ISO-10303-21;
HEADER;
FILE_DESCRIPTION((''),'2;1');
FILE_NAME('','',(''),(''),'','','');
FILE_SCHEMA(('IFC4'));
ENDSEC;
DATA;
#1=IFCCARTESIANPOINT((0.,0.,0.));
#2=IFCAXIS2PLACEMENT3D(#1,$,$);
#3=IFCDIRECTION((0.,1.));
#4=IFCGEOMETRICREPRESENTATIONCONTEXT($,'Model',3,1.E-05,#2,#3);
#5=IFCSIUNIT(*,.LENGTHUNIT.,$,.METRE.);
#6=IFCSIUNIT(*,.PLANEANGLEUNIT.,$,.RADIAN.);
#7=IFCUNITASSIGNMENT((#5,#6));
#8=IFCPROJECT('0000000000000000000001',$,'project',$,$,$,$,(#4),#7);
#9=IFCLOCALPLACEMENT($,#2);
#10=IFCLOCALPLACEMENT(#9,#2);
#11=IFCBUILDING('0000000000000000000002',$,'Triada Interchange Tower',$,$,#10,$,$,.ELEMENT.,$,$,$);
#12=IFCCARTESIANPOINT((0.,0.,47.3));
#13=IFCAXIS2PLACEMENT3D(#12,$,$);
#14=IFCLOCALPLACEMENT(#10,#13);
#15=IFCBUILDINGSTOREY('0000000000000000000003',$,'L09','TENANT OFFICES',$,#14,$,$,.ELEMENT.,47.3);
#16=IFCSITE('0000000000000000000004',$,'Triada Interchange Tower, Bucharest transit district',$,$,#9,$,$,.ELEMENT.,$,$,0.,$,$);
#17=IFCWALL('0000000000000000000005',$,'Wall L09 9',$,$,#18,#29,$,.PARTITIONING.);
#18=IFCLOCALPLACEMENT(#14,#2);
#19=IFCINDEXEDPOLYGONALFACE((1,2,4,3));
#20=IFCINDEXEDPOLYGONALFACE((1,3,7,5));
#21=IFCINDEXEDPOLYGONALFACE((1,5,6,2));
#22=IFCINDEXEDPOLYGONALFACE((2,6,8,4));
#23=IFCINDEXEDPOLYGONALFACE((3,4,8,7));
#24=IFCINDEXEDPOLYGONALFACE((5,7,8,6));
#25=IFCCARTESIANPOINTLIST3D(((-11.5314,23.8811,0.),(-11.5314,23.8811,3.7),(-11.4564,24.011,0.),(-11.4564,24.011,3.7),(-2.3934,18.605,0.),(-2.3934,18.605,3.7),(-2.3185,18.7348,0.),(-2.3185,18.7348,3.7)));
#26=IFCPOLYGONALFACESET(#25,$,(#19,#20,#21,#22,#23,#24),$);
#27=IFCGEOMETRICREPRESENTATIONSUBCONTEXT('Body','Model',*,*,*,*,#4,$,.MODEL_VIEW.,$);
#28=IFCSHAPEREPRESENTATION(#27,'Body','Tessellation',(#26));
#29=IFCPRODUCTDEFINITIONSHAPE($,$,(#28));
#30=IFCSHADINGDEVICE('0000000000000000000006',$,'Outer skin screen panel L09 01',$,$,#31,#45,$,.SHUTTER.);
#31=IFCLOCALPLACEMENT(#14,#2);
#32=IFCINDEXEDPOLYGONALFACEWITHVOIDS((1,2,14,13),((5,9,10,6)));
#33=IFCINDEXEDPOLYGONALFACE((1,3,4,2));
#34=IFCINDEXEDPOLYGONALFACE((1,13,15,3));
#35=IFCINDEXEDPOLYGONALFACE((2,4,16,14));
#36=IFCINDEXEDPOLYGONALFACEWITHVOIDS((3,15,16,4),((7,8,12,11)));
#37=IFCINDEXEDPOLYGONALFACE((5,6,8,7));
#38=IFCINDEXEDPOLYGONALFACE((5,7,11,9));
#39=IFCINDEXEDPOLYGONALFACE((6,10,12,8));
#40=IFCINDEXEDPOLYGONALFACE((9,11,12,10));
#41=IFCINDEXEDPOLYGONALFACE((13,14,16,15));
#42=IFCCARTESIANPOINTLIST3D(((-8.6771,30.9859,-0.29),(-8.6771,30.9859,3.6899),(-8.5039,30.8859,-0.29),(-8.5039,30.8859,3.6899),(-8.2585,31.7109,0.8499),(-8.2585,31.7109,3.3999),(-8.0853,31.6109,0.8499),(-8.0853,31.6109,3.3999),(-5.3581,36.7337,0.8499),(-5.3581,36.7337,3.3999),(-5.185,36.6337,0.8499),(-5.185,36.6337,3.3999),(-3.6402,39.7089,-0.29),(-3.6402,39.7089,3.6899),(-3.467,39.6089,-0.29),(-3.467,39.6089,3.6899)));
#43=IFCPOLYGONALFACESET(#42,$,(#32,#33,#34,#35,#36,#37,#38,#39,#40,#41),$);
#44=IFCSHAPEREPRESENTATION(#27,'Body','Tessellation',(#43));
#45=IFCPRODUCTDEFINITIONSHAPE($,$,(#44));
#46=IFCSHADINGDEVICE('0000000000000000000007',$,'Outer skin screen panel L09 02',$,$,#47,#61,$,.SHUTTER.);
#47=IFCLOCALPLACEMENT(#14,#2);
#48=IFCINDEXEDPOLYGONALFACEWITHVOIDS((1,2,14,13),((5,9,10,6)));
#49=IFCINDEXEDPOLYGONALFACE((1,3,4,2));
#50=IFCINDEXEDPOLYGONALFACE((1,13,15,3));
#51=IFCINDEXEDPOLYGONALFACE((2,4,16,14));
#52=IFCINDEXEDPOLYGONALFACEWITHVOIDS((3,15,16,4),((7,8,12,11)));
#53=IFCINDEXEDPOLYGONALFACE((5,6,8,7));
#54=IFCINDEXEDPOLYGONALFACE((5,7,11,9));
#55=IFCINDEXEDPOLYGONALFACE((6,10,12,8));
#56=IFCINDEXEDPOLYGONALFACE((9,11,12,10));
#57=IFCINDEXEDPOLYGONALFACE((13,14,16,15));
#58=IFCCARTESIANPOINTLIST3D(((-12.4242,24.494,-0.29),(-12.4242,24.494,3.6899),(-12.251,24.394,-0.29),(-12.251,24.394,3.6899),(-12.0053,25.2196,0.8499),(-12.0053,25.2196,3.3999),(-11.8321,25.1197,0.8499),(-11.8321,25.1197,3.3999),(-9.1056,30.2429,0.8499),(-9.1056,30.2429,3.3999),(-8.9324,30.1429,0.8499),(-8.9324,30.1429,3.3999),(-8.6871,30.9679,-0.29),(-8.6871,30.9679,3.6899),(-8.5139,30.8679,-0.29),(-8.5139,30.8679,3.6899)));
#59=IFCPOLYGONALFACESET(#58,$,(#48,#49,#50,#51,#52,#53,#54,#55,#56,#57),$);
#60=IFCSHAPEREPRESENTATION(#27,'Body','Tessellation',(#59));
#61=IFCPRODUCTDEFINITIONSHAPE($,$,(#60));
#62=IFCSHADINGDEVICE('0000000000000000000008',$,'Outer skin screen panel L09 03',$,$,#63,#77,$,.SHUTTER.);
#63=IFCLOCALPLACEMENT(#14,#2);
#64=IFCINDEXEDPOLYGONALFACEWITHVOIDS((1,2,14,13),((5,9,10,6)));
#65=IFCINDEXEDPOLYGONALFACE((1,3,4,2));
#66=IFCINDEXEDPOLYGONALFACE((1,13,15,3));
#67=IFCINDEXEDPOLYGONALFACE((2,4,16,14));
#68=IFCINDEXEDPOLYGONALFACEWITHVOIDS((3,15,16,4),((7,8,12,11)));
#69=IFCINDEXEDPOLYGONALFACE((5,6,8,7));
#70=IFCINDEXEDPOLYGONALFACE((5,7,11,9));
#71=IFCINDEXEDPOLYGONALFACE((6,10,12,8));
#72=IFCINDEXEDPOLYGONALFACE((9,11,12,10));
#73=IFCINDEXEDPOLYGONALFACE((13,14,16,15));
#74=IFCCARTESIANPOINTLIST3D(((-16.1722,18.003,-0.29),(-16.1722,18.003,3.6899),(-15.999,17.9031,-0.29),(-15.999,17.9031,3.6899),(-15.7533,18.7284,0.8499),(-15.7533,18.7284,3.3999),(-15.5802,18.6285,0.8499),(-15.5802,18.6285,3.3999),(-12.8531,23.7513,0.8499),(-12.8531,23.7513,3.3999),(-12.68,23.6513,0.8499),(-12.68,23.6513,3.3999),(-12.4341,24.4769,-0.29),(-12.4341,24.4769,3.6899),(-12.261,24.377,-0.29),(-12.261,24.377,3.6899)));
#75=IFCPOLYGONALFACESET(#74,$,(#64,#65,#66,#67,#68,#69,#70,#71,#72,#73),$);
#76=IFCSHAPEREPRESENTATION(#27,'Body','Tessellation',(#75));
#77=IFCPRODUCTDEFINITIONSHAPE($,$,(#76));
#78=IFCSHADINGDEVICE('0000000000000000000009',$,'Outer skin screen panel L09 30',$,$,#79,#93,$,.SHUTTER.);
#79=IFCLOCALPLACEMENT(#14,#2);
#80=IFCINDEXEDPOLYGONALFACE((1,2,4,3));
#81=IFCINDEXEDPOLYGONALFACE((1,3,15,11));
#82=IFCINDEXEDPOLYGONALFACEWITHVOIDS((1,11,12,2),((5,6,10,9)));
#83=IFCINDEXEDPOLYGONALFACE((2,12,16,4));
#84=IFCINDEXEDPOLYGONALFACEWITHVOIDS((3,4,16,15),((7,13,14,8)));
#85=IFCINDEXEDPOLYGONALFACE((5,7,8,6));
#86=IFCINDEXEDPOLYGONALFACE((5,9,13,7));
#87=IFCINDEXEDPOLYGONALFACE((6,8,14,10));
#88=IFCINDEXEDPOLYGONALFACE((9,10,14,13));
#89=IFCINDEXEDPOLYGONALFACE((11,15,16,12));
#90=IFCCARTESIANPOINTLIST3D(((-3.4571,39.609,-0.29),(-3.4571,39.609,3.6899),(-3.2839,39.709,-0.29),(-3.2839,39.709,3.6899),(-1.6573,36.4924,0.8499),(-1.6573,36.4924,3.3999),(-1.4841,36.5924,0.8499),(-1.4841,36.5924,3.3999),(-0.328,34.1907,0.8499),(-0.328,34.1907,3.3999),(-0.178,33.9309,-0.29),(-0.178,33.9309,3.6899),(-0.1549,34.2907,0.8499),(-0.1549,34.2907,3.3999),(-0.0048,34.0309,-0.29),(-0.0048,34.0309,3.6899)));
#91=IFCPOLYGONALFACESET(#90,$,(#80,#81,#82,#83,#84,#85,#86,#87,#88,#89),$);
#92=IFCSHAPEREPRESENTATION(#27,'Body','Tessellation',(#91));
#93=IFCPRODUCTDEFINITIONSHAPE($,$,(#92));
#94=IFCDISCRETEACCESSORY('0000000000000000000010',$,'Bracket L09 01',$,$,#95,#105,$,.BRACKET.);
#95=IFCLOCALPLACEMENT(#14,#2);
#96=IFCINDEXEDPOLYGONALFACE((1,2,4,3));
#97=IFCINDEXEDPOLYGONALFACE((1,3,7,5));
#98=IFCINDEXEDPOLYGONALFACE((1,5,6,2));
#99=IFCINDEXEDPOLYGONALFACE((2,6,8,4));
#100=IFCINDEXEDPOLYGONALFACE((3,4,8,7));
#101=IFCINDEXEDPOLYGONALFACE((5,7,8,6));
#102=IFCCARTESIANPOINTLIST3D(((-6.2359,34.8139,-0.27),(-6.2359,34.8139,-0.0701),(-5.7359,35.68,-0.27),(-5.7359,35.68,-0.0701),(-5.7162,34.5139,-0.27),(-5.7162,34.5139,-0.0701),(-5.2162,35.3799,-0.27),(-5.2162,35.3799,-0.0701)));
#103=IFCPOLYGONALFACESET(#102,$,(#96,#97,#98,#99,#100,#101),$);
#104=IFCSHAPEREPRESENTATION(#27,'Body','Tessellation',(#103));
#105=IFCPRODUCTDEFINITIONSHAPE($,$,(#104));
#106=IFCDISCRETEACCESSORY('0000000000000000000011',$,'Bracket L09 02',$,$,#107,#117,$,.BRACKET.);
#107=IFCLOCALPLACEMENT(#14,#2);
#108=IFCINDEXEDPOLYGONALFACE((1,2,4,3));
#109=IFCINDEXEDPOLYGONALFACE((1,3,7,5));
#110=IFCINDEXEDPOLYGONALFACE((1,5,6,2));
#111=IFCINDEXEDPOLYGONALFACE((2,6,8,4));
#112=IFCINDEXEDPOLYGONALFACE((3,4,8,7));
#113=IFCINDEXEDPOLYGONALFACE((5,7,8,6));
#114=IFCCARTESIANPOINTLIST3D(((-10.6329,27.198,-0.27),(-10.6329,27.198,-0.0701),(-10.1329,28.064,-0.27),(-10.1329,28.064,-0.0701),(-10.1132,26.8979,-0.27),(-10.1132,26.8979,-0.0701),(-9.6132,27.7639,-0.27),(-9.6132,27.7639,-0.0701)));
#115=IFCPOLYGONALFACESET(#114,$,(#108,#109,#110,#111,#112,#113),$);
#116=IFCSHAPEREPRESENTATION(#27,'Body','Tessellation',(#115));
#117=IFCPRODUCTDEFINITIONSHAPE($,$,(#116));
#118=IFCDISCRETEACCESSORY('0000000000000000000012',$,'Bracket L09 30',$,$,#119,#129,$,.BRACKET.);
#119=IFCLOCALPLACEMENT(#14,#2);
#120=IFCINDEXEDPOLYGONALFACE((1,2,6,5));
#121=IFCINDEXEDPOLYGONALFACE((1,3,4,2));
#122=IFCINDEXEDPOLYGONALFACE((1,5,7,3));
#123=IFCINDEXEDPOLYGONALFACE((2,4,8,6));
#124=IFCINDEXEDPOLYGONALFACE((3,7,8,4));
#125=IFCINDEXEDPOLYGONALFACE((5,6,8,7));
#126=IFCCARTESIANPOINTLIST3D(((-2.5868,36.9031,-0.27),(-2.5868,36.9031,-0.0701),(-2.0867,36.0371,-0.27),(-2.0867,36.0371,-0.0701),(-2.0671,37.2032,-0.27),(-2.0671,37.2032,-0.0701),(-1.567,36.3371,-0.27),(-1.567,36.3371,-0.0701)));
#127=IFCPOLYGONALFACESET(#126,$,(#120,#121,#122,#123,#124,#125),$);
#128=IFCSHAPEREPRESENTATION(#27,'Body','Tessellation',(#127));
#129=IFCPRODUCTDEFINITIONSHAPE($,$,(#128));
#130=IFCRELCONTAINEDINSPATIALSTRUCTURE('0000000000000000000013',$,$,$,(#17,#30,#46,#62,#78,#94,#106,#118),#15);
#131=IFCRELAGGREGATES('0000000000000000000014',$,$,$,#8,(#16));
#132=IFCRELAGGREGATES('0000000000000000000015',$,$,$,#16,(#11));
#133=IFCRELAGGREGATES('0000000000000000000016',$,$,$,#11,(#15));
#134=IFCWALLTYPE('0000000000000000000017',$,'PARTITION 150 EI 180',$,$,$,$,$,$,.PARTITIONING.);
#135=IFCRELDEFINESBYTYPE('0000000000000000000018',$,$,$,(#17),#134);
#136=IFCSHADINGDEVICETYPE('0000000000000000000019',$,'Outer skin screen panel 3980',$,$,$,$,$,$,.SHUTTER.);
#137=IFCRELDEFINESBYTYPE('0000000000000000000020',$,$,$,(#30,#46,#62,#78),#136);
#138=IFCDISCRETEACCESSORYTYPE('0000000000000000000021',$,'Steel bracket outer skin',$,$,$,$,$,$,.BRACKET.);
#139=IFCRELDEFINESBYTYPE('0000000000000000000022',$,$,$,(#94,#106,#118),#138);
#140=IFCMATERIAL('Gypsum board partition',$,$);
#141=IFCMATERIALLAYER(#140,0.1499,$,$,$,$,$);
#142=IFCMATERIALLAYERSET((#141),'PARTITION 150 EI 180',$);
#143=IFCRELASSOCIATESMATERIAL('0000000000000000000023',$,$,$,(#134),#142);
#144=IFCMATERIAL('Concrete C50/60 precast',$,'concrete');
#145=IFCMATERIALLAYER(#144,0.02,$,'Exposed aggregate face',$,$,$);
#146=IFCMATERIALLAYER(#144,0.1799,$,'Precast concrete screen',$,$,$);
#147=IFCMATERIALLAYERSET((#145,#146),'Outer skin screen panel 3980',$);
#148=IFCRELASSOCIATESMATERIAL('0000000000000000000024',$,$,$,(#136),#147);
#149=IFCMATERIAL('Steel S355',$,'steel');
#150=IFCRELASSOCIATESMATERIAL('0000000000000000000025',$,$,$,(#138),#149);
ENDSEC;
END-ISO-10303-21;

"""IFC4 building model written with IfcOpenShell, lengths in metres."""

from ifc_helpers import new_model, si_unit, direction, frame, frame_2d, origin, origin_2d, place, context, subcontext, project, spatial, polyline, rectangle, outline, extrude, material, layer, layer_set, type_object, element, save


model = new_model("IFC4")

# Units and contexts
model_context = context("Model", 3, precision=1e-05, world=origin(), true_north=direction((0.0, 1.0)))
body_context = subcontext(model_context, "Body", "Model", "MODEL_VIEW")
ifc_project = project(units=[si_unit("LENGTHUNIT", "METRE"), si_unit("PLANEANGLEUNIT", "RADIAN")], contexts=[model_context])

# Site, building, storey
site_placement = place(None, origin())
site = spatial("IfcSite", under=ifc_project, at=site_placement, Name="Triada Interchange Tower, Bucharest transit district", CompositionType="ELEMENT", RefElevation=0.0)
building_placement = place(site_placement, origin())
building = spatial("IfcBuilding", under=site, at=building_placement, Name="Triada Interchange Tower", CompositionType="ELEMENT")
storey_placement = place(building_placement, frame((0.0, 0.0, 47.3)))
storey = spatial("IfcBuildingStorey", under=building, at=storey_placement, Name="L09", Description="TENANT OFFICES", CompositionType="ELEMENT", Elevation=47.3)

# Wall
ifc_material_1 = material(Name="Gypsum board partition")
ifc_layer_1 = layer(ifc_material_1, 0.1499)
ifc_layer_set_1 = layer_set([ifc_layer_1], Name="PARTITION 150 EI 180")
wall_type_1 = type_object("IfcWallType", Name="PARTITION 150 EI 180", PredefinedType="PARTITIONING", material=ifc_layer_set_1)
wall_1_placement = place(storey_placement, frame((-11.4939, 23.946, 0.0), z_axis=(0.0, 0.0, 1.0), x_axis=(0.866012, -0.500024, 0.0)))
element("IfcWall", 1, at=wall_1_placement, inside=storey, type_object=wall_type_1, Name="Wall L09 9", PredefinedType="PARTITIONING", context=body_context, shape_type="SweptSolid", body=[
    extrude(rectangle(XDim=10.5518, YDim=0.1499, at=frame_2d((5.2759, 0.0))), origin(), (0.0, 0.0, 1.0), 3.7),
])

# Shading devices
ifc_material_2 = material(Name="Concrete C50/60 precast", Category="concrete")
ifc_layer_2 = layer(ifc_material_2, 0.02, Name="Exposed aggregate face")
ifc_layer_3 = layer(ifc_material_2, 0.1799, Name="Precast concrete screen")
ifc_layer_set_2 = layer_set([ifc_layer_2, ifc_layer_3], Name="Outer skin screen panel 3980")
shading_device_type = type_object("IfcShadingDeviceType", Name="Outer skin screen panel 3980", PredefinedType="SHUTTER", material=ifc_layer_set_2)
shading_device_1_placement = place(storey_placement, frame((-3.467, 39.6089, -0.29), z_axis=(0.0, 0.0, 1.0), x_axis=(-0.500052, -0.865995, 0.0)))
element("IfcShadingDevice", 2, at=shading_device_1_placement, inside=storey, type_object=shading_device_type, Name="Outer skin screen panel L09 01", PredefinedType="SHUTTER", context=body_context, shape_type="SweptSolid", body=[
    extrude(outline(polyline([(0.0, 0.0), (10.0728, 0.0), (10.0728, 3.98), (0.0, 3.98), (0.0, 0.0)]), holes=[polyline([(3.4355, 1.1399), (3.4355, 3.6899), (9.2356, 3.6899), (9.2356, 1.1399), (3.4355, 1.1399)])]), frame((0.0, 0.0, 0.0), z_axis=(0.0, -1.0, 0.0), x_axis=(1.0, 0.0, 0.0)), (0.0, 0.0, 1.0), 0.2),
])
shading_device_2_placement = place(storey_placement, frame((-8.5139, 30.8679, -0.29), z_axis=(0.0, 0.0, 1.0), x_axis=(-0.499936, -0.866062, 0.0)))
element("IfcShadingDevice", 3, at=shading_device_2_placement, inside=storey, type_object=shading_device_type, Name="Outer skin screen panel L09 02", PredefinedType="SHUTTER", context=body_context, shape_type="SweptSolid", body=[
    extrude(outline(polyline([(0.0, 0.0), (7.4751, 0.0), (7.4751, 3.98), (0.0, 3.98), (0.0, 0.0)]), holes=[polyline([(0.8372, 1.1399), (0.8372, 3.6899), (6.6372, 3.6899), (6.6372, 1.1399), (0.8372, 1.1399)])]), frame((0.0, 0.0, 0.0), z_axis=(0.0, -1.0, 0.0), x_axis=(1.0, 0.0, 0.0)), (0.0, 0.0, 1.0), 0.2),
])
shading_device_3_placement = place(storey_placement, frame((-12.261, 24.377, -0.29), z_axis=(0.0, 0.0, 1.0), x_axis=(-0.500034, -0.866006, 0.0)))
element("IfcShadingDevice", 4, at=shading_device_3_placement, inside=storey, type_object=shading_device_type, Name="Outer skin screen panel L09 03", PredefinedType="SHUTTER", context=body_context, shape_type="SweptSolid", body=[
    extrude(outline(polyline([(0.0, 0.0), (7.4756, 0.0), (7.4756, 3.98), (0.0, 3.98), (0.0, 0.0)]), holes=[polyline([(0.8379, 1.1399), (0.8379, 3.6899), (6.6379, 3.6899), (6.6379, 1.1399), (0.8379, 1.1399)])]), frame((0.0, 0.0, 0.0), z_axis=(0.0, -1.0, 0.0), x_axis=(1.0, 0.0, 0.0)), (0.0, 0.0, 1.0), 0.2),
])
shading_device_4_placement = place(storey_placement, frame((-0.178, 33.9309, -0.29), z_axis=(0.0, 0.0, 1.0), x_axis=(-0.5001, 0.865968, 0.0)))
element("IfcShadingDevice", 5, at=shading_device_4_placement, inside=storey, type_object=shading_device_type, Name="Outer skin screen panel L09 30", PredefinedType="SHUTTER", context=body_context, shape_type="SweptSolid", body=[
    extrude(outline(polyline([(0.0, 0.0), (6.5569, 0.0), (6.5569, 3.98), (0.0, 3.98), (0.0, 0.0)]), holes=[polyline([(0.3, 1.1399), (0.3, 3.6899), (2.958, 3.6899), (2.958, 1.1399), (0.3, 1.1399)])]), frame((0.0, 0.0, 0.0), z_axis=(0.0, -1.0, 0.0), x_axis=(1.0, 0.0, 0.0)), (0.0, 0.0, 1.0), 0.2),
])

# Discrete accessories
ifc_material_3 = material(Name="Steel S355", Category="steel")
discrete_accessory_type = type_object("IfcDiscreteAccessoryType", Name="Steel bracket outer skin", PredefinedType="BRACKET", material=ifc_material_3)
for number, where, z_axis, x_axis, name in (
    (6, (-5.7261, 35.0969, -0.27), (0.0, 0.0, 1.0), (-0.866026, 0.499999, 0.0), "Bracket L09 01"),
    (7, (-10.123, 27.481, -0.27), (0.0, 0.0, 1.0), (-0.866026, 0.499999, 0.0), "Bracket L09 02"),
    (8, (-2.0769, 36.6201, -0.27), (0.0, 0.0, 1.0), (0.866012, 0.500023, 0.0), "Bracket L09 30"),
):
    element("IfcDiscreteAccessory", number, at=place(storey_placement, frame(where, z_axis=z_axis, x_axis=x_axis)), inside=storey, type_object=discrete_accessory_type, Name=name, PredefinedType="BRACKET", context=body_context, shape_type="SweptSolid", body=[
        extrude(rectangle(XDim=0.6001, YDim=1.0, at=origin_2d()), origin(), (0.0, 0.0, 1.0), 0.2),
    ])

save(model, "model.ifc")
